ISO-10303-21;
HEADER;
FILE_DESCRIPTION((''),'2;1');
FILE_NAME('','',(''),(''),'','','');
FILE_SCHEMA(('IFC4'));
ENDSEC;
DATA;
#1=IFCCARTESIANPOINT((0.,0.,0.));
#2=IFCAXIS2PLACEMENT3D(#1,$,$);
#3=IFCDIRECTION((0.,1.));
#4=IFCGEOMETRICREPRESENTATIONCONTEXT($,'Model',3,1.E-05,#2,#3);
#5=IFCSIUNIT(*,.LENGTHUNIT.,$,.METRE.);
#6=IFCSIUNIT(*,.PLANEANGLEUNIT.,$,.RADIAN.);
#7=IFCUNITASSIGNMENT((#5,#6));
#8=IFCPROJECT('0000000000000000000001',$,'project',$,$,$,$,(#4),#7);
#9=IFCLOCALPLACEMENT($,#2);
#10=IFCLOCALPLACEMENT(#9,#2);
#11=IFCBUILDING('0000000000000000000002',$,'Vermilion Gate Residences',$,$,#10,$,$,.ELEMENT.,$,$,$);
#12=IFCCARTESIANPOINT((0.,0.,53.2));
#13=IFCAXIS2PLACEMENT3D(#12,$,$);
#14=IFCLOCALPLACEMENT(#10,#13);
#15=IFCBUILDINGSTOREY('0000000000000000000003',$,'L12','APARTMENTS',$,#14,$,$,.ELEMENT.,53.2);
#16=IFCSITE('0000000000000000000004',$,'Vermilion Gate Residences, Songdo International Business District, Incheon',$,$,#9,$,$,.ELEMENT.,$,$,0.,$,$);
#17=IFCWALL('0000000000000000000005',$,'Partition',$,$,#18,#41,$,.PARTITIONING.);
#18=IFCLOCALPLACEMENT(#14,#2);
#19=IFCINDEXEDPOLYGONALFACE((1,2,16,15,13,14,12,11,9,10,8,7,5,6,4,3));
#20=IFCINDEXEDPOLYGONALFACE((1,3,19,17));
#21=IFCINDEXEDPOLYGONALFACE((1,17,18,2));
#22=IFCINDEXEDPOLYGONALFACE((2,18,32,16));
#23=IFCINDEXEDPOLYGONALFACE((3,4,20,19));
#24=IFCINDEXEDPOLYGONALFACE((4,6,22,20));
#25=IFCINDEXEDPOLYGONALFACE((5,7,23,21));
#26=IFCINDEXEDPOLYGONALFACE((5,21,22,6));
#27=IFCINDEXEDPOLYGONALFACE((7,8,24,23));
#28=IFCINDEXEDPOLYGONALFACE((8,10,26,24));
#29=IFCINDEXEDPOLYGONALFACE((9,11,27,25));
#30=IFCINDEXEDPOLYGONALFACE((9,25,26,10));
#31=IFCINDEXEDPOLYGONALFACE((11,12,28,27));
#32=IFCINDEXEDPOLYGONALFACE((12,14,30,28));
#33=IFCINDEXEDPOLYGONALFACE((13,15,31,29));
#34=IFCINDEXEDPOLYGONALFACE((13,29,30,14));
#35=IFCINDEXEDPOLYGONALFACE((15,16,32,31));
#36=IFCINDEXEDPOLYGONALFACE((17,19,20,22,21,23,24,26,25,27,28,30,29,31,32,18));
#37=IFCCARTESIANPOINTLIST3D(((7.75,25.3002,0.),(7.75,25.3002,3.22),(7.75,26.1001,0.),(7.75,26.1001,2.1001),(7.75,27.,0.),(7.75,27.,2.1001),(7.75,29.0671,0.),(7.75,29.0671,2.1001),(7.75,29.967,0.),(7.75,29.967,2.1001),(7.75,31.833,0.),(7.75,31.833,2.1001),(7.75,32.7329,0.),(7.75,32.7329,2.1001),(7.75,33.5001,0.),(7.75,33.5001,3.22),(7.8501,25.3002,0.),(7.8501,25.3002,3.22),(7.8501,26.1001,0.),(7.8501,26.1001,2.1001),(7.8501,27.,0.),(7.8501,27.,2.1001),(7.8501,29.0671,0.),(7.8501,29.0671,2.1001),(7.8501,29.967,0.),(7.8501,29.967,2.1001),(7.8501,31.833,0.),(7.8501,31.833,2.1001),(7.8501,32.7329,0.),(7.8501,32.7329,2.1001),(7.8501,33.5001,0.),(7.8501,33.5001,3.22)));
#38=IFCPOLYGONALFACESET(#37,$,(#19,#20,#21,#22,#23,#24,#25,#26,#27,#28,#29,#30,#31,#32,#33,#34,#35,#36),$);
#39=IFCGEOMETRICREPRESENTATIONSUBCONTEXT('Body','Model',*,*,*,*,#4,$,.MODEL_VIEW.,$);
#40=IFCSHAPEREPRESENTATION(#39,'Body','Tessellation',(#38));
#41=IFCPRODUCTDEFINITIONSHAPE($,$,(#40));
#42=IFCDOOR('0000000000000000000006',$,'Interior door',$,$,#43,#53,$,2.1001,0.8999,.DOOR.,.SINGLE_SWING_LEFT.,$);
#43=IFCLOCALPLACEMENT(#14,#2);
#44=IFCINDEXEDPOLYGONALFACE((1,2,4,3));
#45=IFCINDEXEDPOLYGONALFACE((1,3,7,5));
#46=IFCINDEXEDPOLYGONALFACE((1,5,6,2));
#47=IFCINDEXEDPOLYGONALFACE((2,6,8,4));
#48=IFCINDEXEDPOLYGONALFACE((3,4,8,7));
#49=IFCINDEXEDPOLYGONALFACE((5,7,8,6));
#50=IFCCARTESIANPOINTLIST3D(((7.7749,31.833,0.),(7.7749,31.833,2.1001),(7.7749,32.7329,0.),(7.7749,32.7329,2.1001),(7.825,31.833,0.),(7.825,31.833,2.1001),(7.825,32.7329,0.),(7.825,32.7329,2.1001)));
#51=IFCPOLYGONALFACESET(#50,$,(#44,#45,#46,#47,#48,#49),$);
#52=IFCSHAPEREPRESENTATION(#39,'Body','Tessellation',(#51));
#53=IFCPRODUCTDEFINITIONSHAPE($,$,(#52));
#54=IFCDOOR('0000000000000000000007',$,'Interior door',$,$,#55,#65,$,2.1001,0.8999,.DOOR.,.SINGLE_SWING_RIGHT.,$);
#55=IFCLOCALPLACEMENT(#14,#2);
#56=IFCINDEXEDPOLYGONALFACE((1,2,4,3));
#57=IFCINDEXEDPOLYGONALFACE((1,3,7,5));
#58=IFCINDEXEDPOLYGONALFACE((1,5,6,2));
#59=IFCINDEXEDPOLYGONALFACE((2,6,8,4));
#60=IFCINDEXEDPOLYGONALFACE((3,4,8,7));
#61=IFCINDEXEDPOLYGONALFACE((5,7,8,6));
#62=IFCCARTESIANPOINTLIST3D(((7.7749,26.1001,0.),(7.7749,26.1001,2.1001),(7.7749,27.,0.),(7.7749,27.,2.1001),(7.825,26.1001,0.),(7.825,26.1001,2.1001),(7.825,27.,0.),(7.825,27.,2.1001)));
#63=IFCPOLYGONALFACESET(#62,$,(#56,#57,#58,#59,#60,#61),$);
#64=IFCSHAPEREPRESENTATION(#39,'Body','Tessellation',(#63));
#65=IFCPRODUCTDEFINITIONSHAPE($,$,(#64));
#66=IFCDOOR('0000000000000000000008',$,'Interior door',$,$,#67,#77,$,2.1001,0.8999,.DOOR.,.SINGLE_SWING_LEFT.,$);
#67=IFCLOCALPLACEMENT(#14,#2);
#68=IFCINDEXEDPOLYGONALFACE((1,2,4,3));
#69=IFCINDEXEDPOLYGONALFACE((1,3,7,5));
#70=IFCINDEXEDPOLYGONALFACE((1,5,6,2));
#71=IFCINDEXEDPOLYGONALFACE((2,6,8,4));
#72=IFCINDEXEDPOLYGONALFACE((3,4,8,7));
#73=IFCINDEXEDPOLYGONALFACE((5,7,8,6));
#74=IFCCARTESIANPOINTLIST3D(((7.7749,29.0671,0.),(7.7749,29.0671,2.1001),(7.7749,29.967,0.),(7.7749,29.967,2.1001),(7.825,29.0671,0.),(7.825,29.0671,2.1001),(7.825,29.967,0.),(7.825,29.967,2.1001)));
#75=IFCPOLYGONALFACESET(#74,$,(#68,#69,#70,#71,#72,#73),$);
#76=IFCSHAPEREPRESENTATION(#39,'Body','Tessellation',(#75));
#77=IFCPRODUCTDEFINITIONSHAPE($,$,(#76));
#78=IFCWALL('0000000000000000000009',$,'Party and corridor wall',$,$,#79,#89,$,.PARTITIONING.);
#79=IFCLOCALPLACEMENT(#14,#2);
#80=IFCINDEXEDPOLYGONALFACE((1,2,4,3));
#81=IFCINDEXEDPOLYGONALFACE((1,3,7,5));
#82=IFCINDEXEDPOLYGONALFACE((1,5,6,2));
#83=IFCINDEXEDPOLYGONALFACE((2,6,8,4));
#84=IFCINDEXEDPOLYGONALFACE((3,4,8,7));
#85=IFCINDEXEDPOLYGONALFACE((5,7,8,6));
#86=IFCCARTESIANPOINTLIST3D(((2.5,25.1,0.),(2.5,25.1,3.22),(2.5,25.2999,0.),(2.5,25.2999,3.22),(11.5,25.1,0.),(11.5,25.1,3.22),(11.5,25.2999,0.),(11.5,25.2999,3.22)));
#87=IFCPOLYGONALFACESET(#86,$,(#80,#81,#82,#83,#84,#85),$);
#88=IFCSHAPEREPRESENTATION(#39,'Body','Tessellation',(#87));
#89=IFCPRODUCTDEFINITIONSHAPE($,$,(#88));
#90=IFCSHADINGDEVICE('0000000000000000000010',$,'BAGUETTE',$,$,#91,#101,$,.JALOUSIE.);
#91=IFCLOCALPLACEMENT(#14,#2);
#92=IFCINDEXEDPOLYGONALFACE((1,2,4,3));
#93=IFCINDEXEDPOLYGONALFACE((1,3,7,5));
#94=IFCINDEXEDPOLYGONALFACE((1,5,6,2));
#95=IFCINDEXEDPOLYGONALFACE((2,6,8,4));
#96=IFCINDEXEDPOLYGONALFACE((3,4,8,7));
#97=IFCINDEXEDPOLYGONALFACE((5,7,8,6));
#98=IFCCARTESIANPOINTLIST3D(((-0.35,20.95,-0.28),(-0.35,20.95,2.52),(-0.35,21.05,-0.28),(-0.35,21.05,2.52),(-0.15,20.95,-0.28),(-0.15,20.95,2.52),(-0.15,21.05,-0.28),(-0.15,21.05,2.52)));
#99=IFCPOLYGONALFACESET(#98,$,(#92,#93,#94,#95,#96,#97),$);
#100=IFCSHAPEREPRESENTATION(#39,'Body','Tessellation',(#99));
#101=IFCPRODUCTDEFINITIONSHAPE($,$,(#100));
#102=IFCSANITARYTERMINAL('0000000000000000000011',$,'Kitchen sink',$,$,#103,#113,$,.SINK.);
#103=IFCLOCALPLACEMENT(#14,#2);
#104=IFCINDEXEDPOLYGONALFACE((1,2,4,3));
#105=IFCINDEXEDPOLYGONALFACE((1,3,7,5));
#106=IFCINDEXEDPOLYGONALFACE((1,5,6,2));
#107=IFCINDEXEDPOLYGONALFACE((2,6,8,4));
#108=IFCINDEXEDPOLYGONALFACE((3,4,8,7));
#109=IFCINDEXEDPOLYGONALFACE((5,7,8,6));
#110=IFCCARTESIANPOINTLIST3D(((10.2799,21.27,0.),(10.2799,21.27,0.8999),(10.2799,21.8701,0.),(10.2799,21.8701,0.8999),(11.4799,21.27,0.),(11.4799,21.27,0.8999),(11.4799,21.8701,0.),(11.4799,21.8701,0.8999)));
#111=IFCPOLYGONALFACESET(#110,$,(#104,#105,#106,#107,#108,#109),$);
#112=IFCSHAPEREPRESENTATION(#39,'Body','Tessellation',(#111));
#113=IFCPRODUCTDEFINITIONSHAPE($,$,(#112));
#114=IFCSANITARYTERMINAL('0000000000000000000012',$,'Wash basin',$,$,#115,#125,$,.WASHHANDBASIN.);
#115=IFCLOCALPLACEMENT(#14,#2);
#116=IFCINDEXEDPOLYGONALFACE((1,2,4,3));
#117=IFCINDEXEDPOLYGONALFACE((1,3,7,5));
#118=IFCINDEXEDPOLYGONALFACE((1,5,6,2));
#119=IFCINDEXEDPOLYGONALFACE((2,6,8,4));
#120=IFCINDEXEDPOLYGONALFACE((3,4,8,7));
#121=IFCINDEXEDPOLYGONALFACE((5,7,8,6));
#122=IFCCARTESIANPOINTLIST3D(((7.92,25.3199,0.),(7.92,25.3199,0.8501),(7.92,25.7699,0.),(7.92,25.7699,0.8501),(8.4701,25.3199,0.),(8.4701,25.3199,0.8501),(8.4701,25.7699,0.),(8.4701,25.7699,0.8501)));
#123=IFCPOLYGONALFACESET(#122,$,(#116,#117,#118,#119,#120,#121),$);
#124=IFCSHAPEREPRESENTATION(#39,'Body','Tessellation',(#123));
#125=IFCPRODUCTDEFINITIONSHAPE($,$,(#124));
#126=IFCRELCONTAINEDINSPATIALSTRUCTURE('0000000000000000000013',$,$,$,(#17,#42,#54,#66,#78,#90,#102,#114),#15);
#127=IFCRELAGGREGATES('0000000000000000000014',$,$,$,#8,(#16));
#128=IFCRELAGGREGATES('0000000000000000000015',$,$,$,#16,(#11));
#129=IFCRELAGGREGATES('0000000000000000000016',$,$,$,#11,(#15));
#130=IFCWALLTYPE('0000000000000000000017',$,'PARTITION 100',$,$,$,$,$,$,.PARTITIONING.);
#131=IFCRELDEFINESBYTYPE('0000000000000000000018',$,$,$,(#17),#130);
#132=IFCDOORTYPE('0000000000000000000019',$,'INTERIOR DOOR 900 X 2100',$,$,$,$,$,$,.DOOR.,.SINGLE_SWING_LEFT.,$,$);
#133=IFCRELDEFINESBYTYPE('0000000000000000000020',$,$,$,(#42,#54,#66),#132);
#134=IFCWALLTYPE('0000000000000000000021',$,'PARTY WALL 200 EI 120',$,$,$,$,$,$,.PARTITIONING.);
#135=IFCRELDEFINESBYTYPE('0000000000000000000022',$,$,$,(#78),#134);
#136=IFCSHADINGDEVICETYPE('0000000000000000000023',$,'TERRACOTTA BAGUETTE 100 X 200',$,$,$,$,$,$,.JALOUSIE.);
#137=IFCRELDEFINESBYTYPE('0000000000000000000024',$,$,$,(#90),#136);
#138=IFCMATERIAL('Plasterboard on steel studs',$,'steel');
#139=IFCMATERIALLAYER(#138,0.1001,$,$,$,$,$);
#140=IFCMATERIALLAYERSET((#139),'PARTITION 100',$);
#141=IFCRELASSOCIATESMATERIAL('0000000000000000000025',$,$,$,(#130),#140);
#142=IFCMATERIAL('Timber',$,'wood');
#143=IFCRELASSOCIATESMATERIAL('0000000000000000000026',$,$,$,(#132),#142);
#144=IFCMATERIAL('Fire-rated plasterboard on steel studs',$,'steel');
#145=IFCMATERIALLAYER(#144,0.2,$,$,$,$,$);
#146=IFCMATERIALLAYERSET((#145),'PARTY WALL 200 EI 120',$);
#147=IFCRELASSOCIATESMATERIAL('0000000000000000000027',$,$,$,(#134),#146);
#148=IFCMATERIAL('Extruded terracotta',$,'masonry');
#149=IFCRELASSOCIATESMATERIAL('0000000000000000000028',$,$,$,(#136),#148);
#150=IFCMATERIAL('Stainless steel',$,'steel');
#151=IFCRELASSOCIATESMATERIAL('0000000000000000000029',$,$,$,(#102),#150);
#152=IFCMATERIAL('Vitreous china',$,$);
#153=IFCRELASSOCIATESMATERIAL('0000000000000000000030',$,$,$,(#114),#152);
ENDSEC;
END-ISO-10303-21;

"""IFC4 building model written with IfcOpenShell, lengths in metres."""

from ifc_helpers import new_model, si_unit, direction, frame, frame_2d, origin, origin_2d, place, context, subcontext, project, spatial, rectangle, extrude, material, layer, layer_set, material_profile, profile_set, type_object, element, fill, save


model = new_model("IFC4")

# Units and contexts
model_context = context("Model", 3, precision=1e-05, world=origin(), true_north=direction((0.0, 1.0)))
body_context = subcontext(model_context, "Body", "Model", "MODEL_VIEW")
ifc_project = project(units=[si_unit("LENGTHUNIT", "METRE"), si_unit("PLANEANGLEUNIT", "RADIAN")], contexts=[model_context])

# Site, building, storey
site_placement = place(None, origin())
site = spatial("IfcSite", under=ifc_project, at=site_placement, Name="Vermilion Gate Residences, Songdo International Business District, Incheon", CompositionType="ELEMENT", RefElevation=0.0)
building_placement = place(site_placement, origin())
building = spatial("IfcBuilding", under=site, at=building_placement, Name="Vermilion Gate Residences", CompositionType="ELEMENT")
storey_placement = place(building_placement, frame((0.0, 0.0, 53.2)))
storey = spatial("IfcBuildingStorey", under=building, at=storey_placement, Name="L12", Description="APARTMENTS", CompositionType="ELEMENT", Elevation=53.2)

# Shared definitions
ifc_material_1 = material(Name="Plasterboard on steel studs", Category="steel")
ifc_layer_1 = layer(ifc_material_1, 0.1001)
ifc_layer_set_1 = layer_set([ifc_layer_1], Name="PARTITION 100")
wall_type_1 = type_object("IfcWallType", Name="PARTITION 100", PredefinedType="PARTITIONING", material=ifc_layer_set_1)

# Wall, openings, doors
ifc_material_2 = material(Name="Timber", Category="wood")
door_type = type_object("IfcDoorType", Name="INTERIOR DOOR 900 X 2100", OperationType="SINGLE_SWING_LEFT", PredefinedType="DOOR", material=ifc_material_2)
wall_1_placement = place(storey_placement, frame((7.8, 25.3, 0.0), z_axis=(0.0, 0.0, 1.0), x_axis=(0.0, 1.0, 0.0)))
wall_1 = element("IfcWall", 1, at=wall_1_placement, inside=storey, type_object=wall_type_1, Name="Partition", PredefinedType="PARTITIONING", context=body_context, shape_type="SweptSolid", body=[
    extrude(rectangle(XDim=8.2, YDim=0.1001, at=frame_2d((4.1001, 0.0))), origin(), (0.0, 0.0, 1.0), 3.22),
])
opening_1_placement = place(wall_1_placement, frame((6.533, 0.0, 0.0)))
opening_1 = element("IfcOpeningElement", 2, at=opening_1_placement, cuts=wall_1, PredefinedType="OPENING", context=body_context, shape_type="SweptSolid", body=[
    extrude(rectangle(XDim=0.8999, YDim=2.1001, at=frame_2d((0.45, 1.05))), frame((0.0, 0.0601, 0.0), z_axis=(0.0, -1.0, 0.0), x_axis=(1.0, 0.0, 0.0)), (0.0, 0.0, 1.0), 0.1201),
])
opening_2_placement = place(wall_1_placement, frame((0.8, 0.0, 0.0)))
opening_2 = element("IfcOpeningElement", 3, at=opening_2_placement, cuts=wall_1, PredefinedType="OPENING", context=body_context, shape_type="SweptSolid", body=[
    extrude(rectangle(XDim=0.8999, YDim=2.1001, at=frame_2d((0.45, 1.05))), frame((0.0, 0.0601, 0.0), z_axis=(0.0, -1.0, 0.0), x_axis=(1.0, 0.0, 0.0)), (0.0, 0.0, 1.0), 0.1201),
])
opening_3_placement = place(wall_1_placement, frame((3.7671, 0.0, 0.0)))
opening_3 = element("IfcOpeningElement", 4, at=opening_3_placement, cuts=wall_1, PredefinedType="OPENING", context=body_context, shape_type="SweptSolid", body=[
    extrude(rectangle(XDim=0.8999, YDim=2.1001, at=frame_2d((0.45, 1.05))), frame((0.0, 0.0601, 0.0), z_axis=(0.0, -1.0, 0.0), x_axis=(1.0, 0.0, 0.0)), (0.0, 0.0, 1.0), 0.1201),
])
door_1_placement = place(opening_1_placement, frame((0.8999, 0.0, 0.0), z_axis=(0.0, 0.0, 1.0), x_axis=(-1.0, 0.0, 0.0)))
door_1 = element("IfcDoor", 5, at=door_1_placement, inside=storey, type_object=door_type, Name="Interior door", OperationType="SINGLE_SWING_LEFT", OverallHeight=2.1001, OverallWidth=0.8999, PredefinedType="DOOR", context=body_context, shape_type="SweptSolid", body=[
    extrude(rectangle(XDim=0.8999, YDim=2.1001, at=frame_2d((0.45, 1.05))), frame((0.0, 0.0249, 0.0), z_axis=(0.0, -1.0, 0.0), x_axis=(1.0, 0.0, 0.0)), (0.0, 0.0, 1.0), 0.05),
])
fill(opening_1, door_1)
door_2_placement = place(opening_2_placement, frame((0.8999, 0.0, 0.0), z_axis=(0.0, 0.0, 1.0), x_axis=(-1.0, 0.0, 0.0)))
door_2 = element("IfcDoor", 6, at=door_2_placement, inside=storey, type_object=door_type, Name="Interior door", OperationType="SINGLE_SWING_RIGHT", OverallHeight=2.1001, OverallWidth=0.8999, PredefinedType="DOOR", context=body_context, shape_type="SweptSolid", body=[
    extrude(rectangle(XDim=0.8999, YDim=2.1001, at=frame_2d((0.45, 1.05))), frame((0.0, 0.0249, 0.0), z_axis=(0.0, -1.0, 0.0), x_axis=(1.0, 0.0, 0.0)), (0.0, 0.0, 1.0), 0.05),
])
fill(opening_2, door_2)
door_3_placement = place(opening_3_placement, frame((0.8999, 0.0, 0.0), z_axis=(0.0, 0.0, 1.0), x_axis=(-1.0, 0.0, 0.0)))
door_3 = element("IfcDoor", 7, at=door_3_placement, inside=storey, type_object=door_type, Name="Interior door", OperationType="SINGLE_SWING_LEFT", OverallHeight=2.1001, OverallWidth=0.8999, PredefinedType="DOOR", context=body_context, shape_type="SweptSolid", body=[
    extrude(rectangle(XDim=0.8999, YDim=2.1001, at=frame_2d((0.45, 1.05))), frame((0.0, 0.0249, 0.0), z_axis=(0.0, -1.0, 0.0), x_axis=(1.0, 0.0, 0.0)), (0.0, 0.0, 1.0), 0.05),
])
fill(opening_3, door_3)

# Wall
ifc_material_3 = material(Name="Fire-rated plasterboard on steel studs", Category="steel")
ifc_layer_2 = layer(ifc_material_3, 0.2)
ifc_layer_set_2 = layer_set([ifc_layer_2], Name="PARTY WALL 200 EI 120")
wall_type_2 = type_object("IfcWallType", Name="PARTY WALL 200 EI 120", PredefinedType="PARTITIONING", material=ifc_layer_set_2)
wall_2_placement = place(storey_placement, frame((2.5, 25.2, 0.0), z_axis=(0.0, 0.0, 1.0), x_axis=(1.0, 0.0, 0.0)))
element("IfcWall", 8, at=wall_2_placement, inside=storey, type_object=wall_type_2, Name="Party and corridor wall", PredefinedType="PARTITIONING", context=body_context, shape_type="SweptSolid", body=[
    extrude(rectangle(XDim=9.0, YDim=0.2, at=frame_2d((4.5, 0.0))), origin(), (0.0, 0.0, 1.0), 3.22),
])

# Shading device
ifc_material_4 = material(Name="Extruded terracotta", Category="masonry")
ifc_material_profile_1 = material_profile(ifc_material_4, rectangle(XDim=0.2, YDim=0.1001, at=origin_2d()), Name="BAGUETTE 100 X 200")
ifc_profile_set_1 = profile_set([ifc_material_profile_1], Name="Extruded terracotta")
shading_device_type = type_object("IfcShadingDeviceType", Name="TERRACOTTA BAGUETTE 100 X 200", PredefinedType="JALOUSIE", material=ifc_profile_set_1)
shading_device_placement = place(storey_placement, frame((-0.25, 21.0, -0.28), z_axis=(0.0, 0.0, 1.0), x_axis=(1.0, 0.0, 0.0)))
element("IfcShadingDevice", 9, at=shading_device_placement, inside=storey, type_object=shading_device_type, Name="BAGUETTE", PredefinedType="JALOUSIE", context=body_context, shape_type="SweptSolid", body=[
    extrude(rectangle(XDim=0.2, YDim=0.1001, at=origin_2d()), origin(), (0.0, 0.0, 1.0), 2.8),
])

# Sanitary terminals
ifc_material_5 = material(Name="Stainless steel", Category="steel")
sanitary_terminal_1_placement = place(storey_placement, frame((10.8799, 21.5701, 0.0), z_axis=(0.0, 0.0, 1.0), x_axis=(1.0, 0.0, 0.0)))
element("IfcSanitaryTerminal", 10, at=sanitary_terminal_1_placement, inside=storey, material=ifc_material_5, Name="Kitchen sink", PredefinedType="SINK", context=body_context, shape_type="SweptSolid", body=[
    extrude(rectangle(XDim=1.2, YDim=0.6001, at=origin_2d()), origin(), (0.0, 0.0, 1.0), 0.8999),
])
ifc_material_6 = material(Name="Vitreous china")
sanitary_terminal_2_placement = place(storey_placement, frame((8.1951, 25.5449, 0.0), z_axis=(0.0, 0.0, 1.0), x_axis=(1.0, 0.0, 0.0)))
element("IfcSanitaryTerminal", 11, at=sanitary_terminal_2_placement, inside=storey, material=ifc_material_6, Name="Wash basin", PredefinedType="WASHHANDBASIN", context=body_context, shape_type="SweptSolid", body=[
    extrude(rectangle(XDim=0.55, YDim=0.45, at=origin_2d()), origin(), (0.0, 0.0, 1.0), 0.8501),
])

save(model, "model.ifc")
